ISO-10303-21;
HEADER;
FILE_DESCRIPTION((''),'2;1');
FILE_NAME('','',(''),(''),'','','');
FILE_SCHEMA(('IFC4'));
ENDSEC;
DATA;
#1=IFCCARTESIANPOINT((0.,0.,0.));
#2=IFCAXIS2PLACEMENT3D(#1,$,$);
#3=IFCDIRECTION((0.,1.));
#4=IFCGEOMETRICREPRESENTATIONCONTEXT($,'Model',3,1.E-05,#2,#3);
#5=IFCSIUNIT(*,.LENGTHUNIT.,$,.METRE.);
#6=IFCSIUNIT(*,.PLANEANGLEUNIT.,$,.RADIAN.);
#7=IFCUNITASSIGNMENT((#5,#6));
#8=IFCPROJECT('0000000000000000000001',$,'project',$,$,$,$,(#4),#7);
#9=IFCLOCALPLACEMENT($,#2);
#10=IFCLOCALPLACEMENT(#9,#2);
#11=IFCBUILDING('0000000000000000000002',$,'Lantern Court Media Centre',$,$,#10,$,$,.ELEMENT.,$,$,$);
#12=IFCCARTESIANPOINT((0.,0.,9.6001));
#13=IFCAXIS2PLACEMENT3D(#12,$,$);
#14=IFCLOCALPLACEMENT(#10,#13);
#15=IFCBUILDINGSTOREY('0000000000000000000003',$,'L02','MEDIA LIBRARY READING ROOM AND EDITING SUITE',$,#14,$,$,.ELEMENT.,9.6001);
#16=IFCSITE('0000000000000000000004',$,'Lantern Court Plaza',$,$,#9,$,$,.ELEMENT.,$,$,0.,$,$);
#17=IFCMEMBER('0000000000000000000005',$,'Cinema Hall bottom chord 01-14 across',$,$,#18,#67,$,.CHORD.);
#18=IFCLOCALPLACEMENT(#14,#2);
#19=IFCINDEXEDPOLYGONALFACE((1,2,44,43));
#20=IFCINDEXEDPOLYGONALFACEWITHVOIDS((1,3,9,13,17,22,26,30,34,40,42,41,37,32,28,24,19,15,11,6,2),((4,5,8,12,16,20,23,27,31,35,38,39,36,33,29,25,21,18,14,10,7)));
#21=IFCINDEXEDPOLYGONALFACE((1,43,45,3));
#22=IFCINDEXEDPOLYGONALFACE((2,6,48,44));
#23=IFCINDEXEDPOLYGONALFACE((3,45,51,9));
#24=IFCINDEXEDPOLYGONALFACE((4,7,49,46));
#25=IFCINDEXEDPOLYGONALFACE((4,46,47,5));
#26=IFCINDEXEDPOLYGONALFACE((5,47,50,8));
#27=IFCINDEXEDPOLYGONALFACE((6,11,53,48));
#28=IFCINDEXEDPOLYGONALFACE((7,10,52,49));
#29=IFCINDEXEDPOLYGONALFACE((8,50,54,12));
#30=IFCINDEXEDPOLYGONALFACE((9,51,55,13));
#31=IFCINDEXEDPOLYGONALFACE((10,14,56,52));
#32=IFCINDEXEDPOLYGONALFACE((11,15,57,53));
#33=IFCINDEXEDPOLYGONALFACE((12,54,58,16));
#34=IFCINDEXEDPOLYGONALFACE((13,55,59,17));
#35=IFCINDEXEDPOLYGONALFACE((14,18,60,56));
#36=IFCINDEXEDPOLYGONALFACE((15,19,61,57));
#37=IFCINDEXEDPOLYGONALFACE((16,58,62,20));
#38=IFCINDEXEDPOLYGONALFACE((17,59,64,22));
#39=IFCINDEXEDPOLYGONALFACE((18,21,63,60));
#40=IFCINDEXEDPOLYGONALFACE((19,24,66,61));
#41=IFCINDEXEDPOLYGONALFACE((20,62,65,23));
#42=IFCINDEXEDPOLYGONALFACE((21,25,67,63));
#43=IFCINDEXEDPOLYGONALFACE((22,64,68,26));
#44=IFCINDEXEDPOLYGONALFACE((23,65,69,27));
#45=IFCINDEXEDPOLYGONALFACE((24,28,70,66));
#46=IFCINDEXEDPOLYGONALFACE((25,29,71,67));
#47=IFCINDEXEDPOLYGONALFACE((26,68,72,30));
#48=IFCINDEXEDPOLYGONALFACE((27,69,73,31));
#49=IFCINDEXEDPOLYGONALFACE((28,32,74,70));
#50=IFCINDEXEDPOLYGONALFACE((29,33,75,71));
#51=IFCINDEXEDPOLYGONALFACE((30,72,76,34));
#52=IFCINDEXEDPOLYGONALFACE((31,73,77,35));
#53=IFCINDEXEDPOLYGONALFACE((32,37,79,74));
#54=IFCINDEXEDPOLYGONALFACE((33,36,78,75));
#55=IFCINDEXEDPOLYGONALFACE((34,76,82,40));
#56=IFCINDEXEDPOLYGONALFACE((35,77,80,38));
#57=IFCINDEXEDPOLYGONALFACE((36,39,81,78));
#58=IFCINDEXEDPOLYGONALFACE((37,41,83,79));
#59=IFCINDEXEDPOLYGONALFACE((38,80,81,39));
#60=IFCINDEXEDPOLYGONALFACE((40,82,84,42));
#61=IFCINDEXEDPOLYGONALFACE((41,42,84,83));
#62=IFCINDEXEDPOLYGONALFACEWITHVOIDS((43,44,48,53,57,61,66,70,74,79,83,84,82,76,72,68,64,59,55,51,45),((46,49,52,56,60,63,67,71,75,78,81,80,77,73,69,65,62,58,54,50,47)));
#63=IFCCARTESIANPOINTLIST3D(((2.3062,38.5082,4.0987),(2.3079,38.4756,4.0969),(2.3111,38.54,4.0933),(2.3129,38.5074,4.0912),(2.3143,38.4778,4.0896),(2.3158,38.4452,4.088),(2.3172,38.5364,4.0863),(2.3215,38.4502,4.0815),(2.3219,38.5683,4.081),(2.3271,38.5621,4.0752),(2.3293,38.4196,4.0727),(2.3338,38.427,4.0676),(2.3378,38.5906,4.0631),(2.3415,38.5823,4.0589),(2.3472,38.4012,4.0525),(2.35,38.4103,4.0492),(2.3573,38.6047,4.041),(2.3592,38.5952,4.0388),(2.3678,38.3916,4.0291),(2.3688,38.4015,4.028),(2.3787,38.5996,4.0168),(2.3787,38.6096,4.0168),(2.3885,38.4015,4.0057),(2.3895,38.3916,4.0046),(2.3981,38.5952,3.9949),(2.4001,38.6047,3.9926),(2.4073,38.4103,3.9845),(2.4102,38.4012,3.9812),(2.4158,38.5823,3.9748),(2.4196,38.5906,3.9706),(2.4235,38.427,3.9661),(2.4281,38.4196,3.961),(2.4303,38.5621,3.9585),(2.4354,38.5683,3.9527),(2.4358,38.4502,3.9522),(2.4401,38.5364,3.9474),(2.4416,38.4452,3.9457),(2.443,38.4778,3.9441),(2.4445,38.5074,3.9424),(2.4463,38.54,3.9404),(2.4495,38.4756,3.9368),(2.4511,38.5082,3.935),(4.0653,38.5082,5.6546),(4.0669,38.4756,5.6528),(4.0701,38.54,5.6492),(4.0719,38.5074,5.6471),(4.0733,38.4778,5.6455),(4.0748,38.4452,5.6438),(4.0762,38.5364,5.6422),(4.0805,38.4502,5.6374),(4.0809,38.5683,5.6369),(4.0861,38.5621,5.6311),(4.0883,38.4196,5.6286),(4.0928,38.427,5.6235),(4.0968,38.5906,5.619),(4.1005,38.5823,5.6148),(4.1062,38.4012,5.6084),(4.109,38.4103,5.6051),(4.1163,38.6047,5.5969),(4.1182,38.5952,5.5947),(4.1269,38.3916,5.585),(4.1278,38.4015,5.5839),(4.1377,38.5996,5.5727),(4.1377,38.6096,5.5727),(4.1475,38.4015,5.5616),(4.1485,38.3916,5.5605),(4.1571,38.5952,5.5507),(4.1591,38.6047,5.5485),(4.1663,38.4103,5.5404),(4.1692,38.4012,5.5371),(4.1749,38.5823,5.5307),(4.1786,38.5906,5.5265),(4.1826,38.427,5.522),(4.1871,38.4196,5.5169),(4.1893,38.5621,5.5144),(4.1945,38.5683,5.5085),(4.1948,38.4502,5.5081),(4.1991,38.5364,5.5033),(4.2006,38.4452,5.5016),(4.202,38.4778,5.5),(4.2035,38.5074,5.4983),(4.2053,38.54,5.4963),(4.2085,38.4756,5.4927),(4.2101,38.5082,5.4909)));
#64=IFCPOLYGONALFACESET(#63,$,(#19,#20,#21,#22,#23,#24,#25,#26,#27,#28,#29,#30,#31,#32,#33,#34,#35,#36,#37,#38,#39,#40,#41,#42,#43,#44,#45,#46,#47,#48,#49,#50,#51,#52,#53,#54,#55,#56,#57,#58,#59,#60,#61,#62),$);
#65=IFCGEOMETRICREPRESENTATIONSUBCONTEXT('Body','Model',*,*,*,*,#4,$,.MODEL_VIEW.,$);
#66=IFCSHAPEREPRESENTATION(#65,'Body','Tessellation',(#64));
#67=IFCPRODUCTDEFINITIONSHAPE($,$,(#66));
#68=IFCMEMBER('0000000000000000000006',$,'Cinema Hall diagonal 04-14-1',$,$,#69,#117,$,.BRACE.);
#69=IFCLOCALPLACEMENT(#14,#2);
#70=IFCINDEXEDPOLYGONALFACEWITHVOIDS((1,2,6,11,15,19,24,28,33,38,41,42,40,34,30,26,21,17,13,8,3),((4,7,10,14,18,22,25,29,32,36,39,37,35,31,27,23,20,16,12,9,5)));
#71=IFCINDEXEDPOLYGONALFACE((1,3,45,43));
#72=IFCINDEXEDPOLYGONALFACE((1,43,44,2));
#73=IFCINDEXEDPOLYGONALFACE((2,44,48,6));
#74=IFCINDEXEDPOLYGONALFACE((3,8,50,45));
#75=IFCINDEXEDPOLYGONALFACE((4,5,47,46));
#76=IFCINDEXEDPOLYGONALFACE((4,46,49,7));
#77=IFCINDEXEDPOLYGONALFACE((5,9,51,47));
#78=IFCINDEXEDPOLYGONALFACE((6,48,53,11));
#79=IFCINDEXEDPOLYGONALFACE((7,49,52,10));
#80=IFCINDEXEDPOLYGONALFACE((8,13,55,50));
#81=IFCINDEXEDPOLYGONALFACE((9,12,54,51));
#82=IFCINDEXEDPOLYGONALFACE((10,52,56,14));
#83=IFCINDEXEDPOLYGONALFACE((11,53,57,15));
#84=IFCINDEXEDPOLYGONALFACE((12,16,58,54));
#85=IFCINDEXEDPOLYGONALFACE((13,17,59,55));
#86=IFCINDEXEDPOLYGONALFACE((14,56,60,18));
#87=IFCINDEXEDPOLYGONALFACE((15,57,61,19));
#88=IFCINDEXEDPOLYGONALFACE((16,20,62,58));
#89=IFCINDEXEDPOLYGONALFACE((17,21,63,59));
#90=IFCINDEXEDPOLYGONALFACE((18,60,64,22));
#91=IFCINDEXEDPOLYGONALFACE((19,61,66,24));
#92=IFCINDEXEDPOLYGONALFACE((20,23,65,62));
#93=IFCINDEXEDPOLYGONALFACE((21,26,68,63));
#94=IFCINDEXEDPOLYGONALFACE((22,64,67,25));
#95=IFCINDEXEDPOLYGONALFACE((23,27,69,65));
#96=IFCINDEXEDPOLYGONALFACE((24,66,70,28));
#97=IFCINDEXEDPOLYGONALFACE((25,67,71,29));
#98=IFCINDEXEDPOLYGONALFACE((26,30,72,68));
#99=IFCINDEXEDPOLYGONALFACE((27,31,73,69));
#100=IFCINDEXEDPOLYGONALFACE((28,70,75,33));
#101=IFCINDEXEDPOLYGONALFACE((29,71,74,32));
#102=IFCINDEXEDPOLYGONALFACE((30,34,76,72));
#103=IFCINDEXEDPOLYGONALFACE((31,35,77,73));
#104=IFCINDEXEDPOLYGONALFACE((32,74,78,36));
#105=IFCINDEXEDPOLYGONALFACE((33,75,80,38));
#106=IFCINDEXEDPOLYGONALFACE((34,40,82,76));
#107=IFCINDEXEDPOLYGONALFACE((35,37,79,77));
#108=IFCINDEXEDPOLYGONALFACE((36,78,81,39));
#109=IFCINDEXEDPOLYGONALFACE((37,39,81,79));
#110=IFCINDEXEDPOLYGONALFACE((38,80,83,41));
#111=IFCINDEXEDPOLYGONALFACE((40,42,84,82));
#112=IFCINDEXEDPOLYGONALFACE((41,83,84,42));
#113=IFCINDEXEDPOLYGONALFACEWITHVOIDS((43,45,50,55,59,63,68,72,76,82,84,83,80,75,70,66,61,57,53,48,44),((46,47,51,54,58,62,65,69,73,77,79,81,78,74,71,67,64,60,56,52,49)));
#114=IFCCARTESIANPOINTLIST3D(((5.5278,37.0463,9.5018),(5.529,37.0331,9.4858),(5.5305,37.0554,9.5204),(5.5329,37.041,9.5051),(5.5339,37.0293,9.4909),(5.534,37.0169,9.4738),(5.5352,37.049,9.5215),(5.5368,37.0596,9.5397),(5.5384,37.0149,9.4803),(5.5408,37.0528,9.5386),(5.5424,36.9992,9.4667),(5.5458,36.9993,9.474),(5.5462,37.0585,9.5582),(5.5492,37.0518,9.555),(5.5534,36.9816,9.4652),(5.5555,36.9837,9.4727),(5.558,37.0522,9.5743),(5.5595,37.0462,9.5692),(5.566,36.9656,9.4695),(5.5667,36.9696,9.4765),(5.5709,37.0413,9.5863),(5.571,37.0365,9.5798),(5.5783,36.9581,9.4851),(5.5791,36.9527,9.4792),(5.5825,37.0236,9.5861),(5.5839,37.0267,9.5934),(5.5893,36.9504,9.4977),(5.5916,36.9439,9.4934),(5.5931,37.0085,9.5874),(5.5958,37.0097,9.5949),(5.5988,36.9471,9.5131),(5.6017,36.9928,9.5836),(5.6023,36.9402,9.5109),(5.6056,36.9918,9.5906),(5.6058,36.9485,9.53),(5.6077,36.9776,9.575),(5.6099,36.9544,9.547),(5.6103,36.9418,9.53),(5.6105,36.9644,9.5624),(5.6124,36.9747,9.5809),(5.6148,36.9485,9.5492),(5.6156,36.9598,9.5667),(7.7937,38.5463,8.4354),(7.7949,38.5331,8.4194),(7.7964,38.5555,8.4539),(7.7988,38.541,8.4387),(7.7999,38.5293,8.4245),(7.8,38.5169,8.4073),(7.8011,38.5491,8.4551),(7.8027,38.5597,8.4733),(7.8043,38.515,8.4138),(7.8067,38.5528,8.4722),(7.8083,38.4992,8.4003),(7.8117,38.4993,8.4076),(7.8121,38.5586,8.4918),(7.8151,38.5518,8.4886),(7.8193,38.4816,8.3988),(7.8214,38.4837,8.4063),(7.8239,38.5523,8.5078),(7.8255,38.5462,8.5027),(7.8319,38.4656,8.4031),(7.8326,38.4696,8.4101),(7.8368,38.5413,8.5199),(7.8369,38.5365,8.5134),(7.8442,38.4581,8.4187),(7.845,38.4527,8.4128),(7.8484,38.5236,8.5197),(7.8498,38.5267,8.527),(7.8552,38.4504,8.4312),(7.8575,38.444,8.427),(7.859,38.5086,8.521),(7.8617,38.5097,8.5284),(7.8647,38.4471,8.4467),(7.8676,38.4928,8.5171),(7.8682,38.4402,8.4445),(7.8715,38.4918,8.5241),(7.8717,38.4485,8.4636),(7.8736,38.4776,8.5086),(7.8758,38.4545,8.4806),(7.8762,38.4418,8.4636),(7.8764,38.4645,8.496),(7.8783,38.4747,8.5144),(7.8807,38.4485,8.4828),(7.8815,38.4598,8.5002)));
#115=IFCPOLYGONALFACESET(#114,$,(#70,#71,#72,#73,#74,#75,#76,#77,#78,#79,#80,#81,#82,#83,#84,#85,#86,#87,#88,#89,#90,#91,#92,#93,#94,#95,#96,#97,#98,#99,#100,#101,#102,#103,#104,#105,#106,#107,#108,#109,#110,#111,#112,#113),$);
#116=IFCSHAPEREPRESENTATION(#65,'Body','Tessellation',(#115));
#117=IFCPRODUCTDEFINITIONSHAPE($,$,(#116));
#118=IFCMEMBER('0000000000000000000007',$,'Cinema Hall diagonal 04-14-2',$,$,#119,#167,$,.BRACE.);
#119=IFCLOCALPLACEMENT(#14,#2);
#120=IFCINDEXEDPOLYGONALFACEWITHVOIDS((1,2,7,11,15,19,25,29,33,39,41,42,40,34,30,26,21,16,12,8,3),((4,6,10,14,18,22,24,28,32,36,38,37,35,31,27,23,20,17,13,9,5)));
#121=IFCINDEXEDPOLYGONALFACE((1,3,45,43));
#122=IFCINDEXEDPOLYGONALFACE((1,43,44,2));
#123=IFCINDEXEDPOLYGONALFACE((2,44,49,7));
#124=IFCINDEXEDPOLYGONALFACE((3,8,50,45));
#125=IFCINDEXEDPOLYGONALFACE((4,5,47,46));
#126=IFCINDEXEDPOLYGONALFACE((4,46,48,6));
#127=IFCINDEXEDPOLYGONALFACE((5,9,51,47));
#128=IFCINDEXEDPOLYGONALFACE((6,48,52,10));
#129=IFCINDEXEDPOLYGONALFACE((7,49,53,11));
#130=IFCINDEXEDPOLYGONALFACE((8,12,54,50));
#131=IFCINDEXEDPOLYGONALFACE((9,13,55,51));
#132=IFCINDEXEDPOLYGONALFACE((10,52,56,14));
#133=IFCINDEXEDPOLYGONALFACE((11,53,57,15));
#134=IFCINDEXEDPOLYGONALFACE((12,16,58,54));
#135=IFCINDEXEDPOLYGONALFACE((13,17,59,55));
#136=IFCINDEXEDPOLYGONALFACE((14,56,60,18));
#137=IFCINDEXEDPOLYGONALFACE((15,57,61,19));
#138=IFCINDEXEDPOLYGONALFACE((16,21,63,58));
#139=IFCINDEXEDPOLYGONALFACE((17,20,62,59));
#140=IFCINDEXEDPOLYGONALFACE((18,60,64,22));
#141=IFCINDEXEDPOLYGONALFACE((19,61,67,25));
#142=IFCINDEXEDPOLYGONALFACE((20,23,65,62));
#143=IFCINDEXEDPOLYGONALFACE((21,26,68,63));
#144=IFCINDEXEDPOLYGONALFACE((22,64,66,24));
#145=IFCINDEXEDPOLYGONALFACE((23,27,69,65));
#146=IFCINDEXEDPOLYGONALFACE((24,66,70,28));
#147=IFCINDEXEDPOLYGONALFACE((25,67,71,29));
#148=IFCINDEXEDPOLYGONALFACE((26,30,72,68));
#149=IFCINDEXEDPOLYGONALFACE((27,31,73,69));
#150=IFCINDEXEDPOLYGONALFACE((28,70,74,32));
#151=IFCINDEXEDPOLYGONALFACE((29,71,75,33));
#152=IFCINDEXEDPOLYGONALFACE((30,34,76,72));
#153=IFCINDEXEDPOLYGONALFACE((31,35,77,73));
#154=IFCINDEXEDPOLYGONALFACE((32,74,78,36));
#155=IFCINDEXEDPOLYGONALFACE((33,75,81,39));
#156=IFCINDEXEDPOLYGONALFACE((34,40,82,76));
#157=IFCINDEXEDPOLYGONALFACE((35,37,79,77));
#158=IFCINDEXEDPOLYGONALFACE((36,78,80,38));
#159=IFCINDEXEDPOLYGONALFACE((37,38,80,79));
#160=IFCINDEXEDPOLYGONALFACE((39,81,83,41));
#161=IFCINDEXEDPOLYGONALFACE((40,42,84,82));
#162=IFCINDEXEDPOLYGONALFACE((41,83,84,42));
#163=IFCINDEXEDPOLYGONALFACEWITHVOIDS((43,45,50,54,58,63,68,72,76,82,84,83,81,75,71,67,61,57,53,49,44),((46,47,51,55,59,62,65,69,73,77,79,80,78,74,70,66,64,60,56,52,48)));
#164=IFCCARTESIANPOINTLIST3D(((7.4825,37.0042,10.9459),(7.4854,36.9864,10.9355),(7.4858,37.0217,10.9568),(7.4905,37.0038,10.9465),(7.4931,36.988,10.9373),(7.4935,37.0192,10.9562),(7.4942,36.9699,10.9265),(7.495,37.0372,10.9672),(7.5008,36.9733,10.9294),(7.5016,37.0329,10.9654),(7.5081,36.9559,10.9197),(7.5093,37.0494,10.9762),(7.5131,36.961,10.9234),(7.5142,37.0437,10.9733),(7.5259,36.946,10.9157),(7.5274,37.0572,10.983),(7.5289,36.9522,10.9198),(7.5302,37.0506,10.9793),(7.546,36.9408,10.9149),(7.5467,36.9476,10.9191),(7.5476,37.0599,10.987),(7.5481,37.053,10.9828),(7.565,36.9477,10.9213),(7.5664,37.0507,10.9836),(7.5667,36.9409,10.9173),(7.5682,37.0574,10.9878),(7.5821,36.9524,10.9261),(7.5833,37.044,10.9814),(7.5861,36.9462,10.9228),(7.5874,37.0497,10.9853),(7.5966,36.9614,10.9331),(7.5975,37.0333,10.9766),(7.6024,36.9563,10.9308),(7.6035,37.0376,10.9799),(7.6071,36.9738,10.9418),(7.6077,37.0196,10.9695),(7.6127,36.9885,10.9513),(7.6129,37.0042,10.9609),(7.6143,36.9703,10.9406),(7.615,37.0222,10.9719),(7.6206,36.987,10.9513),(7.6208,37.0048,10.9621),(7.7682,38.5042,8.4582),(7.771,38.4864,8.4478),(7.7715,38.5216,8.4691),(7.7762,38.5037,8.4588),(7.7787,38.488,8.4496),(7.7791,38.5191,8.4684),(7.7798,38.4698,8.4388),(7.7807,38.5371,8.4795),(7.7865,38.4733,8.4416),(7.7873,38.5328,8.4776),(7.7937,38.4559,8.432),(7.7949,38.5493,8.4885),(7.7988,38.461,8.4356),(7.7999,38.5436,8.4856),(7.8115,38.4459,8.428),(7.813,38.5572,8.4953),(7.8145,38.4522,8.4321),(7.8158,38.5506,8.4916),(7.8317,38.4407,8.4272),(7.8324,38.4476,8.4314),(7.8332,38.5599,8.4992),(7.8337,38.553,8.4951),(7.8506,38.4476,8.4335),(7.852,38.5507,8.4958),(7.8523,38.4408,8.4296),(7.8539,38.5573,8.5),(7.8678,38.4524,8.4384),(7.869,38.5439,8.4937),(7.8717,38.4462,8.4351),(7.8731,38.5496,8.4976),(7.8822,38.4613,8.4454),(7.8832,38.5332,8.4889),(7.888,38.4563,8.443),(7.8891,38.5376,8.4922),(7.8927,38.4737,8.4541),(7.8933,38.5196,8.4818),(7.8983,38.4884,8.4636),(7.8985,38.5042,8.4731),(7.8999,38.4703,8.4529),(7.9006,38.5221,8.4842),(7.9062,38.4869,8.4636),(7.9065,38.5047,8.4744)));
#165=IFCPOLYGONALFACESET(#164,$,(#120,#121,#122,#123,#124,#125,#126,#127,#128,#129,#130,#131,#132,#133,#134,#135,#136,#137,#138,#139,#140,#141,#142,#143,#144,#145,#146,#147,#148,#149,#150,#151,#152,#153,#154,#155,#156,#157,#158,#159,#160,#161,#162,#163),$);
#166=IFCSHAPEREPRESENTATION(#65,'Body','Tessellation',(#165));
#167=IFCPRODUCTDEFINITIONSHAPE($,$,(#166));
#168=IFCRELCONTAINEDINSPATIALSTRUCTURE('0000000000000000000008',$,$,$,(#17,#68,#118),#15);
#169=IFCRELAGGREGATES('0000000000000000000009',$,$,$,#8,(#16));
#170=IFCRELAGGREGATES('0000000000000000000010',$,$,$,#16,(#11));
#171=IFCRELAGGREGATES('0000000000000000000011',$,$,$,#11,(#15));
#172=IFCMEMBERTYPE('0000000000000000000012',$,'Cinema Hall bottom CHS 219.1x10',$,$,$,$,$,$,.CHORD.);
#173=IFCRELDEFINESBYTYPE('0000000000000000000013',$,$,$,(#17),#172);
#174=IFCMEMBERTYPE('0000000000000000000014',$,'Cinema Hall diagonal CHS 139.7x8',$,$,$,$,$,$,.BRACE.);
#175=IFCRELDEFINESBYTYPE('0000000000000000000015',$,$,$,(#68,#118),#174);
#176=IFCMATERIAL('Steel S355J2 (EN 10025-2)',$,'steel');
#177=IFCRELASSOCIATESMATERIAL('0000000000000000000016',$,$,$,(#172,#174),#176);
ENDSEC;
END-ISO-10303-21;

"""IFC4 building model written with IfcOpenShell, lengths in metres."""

from ifc_helpers import new_model, si_unit, direction, frame, origin, origin_2d, place, context, subcontext, project, spatial, hollow_circle, extrude, material, material_profile, profile_set, type_object, element, save


model = new_model("IFC4")

# Units and contexts
model_context = context("Model", 3, precision=1e-05, world=origin(), true_north=direction((0.0, 1.0)))
body_context = subcontext(model_context, "Body", "Model", "MODEL_VIEW")
ifc_project = project(units=[si_unit("LENGTHUNIT", "METRE"), si_unit("PLANEANGLEUNIT", "RADIAN")], contexts=[model_context])

# Site, building, storey
site_placement = place(None, origin())
site = spatial("IfcSite", under=ifc_project, at=site_placement, Name="Lantern Court Plaza", CompositionType="ELEMENT", RefElevation=0.0)
building_placement = place(site_placement, origin())
building = spatial("IfcBuilding", under=site, at=building_placement, Name="Lantern Court Media Centre", CompositionType="ELEMENT")
storey_placement = place(building_placement, frame((0.0, 0.0, 9.6001)))
storey = spatial("IfcBuildingStorey", under=building, at=storey_placement, Name="L02", Description="MEDIA LIBRARY READING ROOM AND EDITING SUITE", CompositionType="ELEMENT", Elevation=9.6001)

# Members
ifc_material = material(Name="Steel S355J2 (EN 10025-2)", Category="steel")
ifc_material_profile_1 = material_profile(ifc_material, hollow_circle(Radius=0.1096, WallThickness=0.01, at=origin_2d()), Name="Cinema Hall bottom CHS 219.1x10")
ifc_profile_set_1 = profile_set([ifc_material_profile_1], Name="Steel S355J2 (EN 10025-2)")
member_type_1 = type_object("IfcMemberType", Name="Cinema Hall bottom CHS 219.1x10", PredefinedType="CHORD", material=ifc_profile_set_1)
member_1_placement = place(storey_placement, frame((2.3787, 38.5, 4.0168), z_axis=(0.74903, 0.0, 0.662536), x_axis=(0.0, 1.0, 0.0)))
element("IfcMember", 1, at=member_1_placement, inside=storey, type_object=member_type_1, Name="Cinema Hall bottom chord 01-14 across", PredefinedType="CHORD", context=body_context, shape_type="SweptSolid", body=[
    extrude(hollow_circle(Radius=0.1096, WallThickness=0.01, at=origin_2d()), origin(), (0.0, 0.0, 1.0), 2.3484),
])
ifc_material_profile_2 = material_profile(ifc_material, hollow_circle(Radius=0.0698, WallThickness=0.0081, at=origin_2d()), Name="Cinema Hall diagonal CHS 139.7x8")
ifc_profile_set_2 = profile_set([ifc_material_profile_2], Name="Steel S355J2 (EN 10025-2)")
member_type_2 = type_object("IfcMemberType", Name="Cinema Hall diagonal CHS 139.7x8", PredefinedType="BRACE", material=ifc_profile_set_2)
member_2_placement = place(storey_placement, frame((7.8376, 38.5, 8.4636), z_axis=(-0.776211, -0.51385, 0.365315), x_axis=(0.552002, -0.833843, 0.0)))
element("IfcMember", 2, at=member_2_placement, inside=storey, type_object=member_type_2, Name="Cinema Hall diagonal 04-14-1", PredefinedType="BRACE", context=body_context, shape_type="SweptSolid", body=[
    extrude(hollow_circle(Radius=0.0698, WallThickness=0.0081, at=origin_2d()), origin(), (0.0, 0.0, 1.0), 2.9192),
])
for number, where, z_axis, x_axis, name in (
    (3, (7.8376, 38.5, 8.4636), (-0.097856, -0.51387, 0.852268), (0.982347, -0.187068, 0.0), "Cinema Hall diagonal 04-14-2"),
):
    element("IfcMember", number, at=place(storey_placement, frame(where, z_axis=z_axis, x_axis=x_axis)), inside=storey, type_object=member_type_2, Name=name, PredefinedType="BRACE", context=body_context, shape_type="SweptSolid", body=[
        extrude(hollow_circle(Radius=0.0698, WallThickness=0.0081, at=origin_2d()), origin(), (0.0, 0.0, 1.0), 2.9189),
    ])

save(model, "model.ifc")
